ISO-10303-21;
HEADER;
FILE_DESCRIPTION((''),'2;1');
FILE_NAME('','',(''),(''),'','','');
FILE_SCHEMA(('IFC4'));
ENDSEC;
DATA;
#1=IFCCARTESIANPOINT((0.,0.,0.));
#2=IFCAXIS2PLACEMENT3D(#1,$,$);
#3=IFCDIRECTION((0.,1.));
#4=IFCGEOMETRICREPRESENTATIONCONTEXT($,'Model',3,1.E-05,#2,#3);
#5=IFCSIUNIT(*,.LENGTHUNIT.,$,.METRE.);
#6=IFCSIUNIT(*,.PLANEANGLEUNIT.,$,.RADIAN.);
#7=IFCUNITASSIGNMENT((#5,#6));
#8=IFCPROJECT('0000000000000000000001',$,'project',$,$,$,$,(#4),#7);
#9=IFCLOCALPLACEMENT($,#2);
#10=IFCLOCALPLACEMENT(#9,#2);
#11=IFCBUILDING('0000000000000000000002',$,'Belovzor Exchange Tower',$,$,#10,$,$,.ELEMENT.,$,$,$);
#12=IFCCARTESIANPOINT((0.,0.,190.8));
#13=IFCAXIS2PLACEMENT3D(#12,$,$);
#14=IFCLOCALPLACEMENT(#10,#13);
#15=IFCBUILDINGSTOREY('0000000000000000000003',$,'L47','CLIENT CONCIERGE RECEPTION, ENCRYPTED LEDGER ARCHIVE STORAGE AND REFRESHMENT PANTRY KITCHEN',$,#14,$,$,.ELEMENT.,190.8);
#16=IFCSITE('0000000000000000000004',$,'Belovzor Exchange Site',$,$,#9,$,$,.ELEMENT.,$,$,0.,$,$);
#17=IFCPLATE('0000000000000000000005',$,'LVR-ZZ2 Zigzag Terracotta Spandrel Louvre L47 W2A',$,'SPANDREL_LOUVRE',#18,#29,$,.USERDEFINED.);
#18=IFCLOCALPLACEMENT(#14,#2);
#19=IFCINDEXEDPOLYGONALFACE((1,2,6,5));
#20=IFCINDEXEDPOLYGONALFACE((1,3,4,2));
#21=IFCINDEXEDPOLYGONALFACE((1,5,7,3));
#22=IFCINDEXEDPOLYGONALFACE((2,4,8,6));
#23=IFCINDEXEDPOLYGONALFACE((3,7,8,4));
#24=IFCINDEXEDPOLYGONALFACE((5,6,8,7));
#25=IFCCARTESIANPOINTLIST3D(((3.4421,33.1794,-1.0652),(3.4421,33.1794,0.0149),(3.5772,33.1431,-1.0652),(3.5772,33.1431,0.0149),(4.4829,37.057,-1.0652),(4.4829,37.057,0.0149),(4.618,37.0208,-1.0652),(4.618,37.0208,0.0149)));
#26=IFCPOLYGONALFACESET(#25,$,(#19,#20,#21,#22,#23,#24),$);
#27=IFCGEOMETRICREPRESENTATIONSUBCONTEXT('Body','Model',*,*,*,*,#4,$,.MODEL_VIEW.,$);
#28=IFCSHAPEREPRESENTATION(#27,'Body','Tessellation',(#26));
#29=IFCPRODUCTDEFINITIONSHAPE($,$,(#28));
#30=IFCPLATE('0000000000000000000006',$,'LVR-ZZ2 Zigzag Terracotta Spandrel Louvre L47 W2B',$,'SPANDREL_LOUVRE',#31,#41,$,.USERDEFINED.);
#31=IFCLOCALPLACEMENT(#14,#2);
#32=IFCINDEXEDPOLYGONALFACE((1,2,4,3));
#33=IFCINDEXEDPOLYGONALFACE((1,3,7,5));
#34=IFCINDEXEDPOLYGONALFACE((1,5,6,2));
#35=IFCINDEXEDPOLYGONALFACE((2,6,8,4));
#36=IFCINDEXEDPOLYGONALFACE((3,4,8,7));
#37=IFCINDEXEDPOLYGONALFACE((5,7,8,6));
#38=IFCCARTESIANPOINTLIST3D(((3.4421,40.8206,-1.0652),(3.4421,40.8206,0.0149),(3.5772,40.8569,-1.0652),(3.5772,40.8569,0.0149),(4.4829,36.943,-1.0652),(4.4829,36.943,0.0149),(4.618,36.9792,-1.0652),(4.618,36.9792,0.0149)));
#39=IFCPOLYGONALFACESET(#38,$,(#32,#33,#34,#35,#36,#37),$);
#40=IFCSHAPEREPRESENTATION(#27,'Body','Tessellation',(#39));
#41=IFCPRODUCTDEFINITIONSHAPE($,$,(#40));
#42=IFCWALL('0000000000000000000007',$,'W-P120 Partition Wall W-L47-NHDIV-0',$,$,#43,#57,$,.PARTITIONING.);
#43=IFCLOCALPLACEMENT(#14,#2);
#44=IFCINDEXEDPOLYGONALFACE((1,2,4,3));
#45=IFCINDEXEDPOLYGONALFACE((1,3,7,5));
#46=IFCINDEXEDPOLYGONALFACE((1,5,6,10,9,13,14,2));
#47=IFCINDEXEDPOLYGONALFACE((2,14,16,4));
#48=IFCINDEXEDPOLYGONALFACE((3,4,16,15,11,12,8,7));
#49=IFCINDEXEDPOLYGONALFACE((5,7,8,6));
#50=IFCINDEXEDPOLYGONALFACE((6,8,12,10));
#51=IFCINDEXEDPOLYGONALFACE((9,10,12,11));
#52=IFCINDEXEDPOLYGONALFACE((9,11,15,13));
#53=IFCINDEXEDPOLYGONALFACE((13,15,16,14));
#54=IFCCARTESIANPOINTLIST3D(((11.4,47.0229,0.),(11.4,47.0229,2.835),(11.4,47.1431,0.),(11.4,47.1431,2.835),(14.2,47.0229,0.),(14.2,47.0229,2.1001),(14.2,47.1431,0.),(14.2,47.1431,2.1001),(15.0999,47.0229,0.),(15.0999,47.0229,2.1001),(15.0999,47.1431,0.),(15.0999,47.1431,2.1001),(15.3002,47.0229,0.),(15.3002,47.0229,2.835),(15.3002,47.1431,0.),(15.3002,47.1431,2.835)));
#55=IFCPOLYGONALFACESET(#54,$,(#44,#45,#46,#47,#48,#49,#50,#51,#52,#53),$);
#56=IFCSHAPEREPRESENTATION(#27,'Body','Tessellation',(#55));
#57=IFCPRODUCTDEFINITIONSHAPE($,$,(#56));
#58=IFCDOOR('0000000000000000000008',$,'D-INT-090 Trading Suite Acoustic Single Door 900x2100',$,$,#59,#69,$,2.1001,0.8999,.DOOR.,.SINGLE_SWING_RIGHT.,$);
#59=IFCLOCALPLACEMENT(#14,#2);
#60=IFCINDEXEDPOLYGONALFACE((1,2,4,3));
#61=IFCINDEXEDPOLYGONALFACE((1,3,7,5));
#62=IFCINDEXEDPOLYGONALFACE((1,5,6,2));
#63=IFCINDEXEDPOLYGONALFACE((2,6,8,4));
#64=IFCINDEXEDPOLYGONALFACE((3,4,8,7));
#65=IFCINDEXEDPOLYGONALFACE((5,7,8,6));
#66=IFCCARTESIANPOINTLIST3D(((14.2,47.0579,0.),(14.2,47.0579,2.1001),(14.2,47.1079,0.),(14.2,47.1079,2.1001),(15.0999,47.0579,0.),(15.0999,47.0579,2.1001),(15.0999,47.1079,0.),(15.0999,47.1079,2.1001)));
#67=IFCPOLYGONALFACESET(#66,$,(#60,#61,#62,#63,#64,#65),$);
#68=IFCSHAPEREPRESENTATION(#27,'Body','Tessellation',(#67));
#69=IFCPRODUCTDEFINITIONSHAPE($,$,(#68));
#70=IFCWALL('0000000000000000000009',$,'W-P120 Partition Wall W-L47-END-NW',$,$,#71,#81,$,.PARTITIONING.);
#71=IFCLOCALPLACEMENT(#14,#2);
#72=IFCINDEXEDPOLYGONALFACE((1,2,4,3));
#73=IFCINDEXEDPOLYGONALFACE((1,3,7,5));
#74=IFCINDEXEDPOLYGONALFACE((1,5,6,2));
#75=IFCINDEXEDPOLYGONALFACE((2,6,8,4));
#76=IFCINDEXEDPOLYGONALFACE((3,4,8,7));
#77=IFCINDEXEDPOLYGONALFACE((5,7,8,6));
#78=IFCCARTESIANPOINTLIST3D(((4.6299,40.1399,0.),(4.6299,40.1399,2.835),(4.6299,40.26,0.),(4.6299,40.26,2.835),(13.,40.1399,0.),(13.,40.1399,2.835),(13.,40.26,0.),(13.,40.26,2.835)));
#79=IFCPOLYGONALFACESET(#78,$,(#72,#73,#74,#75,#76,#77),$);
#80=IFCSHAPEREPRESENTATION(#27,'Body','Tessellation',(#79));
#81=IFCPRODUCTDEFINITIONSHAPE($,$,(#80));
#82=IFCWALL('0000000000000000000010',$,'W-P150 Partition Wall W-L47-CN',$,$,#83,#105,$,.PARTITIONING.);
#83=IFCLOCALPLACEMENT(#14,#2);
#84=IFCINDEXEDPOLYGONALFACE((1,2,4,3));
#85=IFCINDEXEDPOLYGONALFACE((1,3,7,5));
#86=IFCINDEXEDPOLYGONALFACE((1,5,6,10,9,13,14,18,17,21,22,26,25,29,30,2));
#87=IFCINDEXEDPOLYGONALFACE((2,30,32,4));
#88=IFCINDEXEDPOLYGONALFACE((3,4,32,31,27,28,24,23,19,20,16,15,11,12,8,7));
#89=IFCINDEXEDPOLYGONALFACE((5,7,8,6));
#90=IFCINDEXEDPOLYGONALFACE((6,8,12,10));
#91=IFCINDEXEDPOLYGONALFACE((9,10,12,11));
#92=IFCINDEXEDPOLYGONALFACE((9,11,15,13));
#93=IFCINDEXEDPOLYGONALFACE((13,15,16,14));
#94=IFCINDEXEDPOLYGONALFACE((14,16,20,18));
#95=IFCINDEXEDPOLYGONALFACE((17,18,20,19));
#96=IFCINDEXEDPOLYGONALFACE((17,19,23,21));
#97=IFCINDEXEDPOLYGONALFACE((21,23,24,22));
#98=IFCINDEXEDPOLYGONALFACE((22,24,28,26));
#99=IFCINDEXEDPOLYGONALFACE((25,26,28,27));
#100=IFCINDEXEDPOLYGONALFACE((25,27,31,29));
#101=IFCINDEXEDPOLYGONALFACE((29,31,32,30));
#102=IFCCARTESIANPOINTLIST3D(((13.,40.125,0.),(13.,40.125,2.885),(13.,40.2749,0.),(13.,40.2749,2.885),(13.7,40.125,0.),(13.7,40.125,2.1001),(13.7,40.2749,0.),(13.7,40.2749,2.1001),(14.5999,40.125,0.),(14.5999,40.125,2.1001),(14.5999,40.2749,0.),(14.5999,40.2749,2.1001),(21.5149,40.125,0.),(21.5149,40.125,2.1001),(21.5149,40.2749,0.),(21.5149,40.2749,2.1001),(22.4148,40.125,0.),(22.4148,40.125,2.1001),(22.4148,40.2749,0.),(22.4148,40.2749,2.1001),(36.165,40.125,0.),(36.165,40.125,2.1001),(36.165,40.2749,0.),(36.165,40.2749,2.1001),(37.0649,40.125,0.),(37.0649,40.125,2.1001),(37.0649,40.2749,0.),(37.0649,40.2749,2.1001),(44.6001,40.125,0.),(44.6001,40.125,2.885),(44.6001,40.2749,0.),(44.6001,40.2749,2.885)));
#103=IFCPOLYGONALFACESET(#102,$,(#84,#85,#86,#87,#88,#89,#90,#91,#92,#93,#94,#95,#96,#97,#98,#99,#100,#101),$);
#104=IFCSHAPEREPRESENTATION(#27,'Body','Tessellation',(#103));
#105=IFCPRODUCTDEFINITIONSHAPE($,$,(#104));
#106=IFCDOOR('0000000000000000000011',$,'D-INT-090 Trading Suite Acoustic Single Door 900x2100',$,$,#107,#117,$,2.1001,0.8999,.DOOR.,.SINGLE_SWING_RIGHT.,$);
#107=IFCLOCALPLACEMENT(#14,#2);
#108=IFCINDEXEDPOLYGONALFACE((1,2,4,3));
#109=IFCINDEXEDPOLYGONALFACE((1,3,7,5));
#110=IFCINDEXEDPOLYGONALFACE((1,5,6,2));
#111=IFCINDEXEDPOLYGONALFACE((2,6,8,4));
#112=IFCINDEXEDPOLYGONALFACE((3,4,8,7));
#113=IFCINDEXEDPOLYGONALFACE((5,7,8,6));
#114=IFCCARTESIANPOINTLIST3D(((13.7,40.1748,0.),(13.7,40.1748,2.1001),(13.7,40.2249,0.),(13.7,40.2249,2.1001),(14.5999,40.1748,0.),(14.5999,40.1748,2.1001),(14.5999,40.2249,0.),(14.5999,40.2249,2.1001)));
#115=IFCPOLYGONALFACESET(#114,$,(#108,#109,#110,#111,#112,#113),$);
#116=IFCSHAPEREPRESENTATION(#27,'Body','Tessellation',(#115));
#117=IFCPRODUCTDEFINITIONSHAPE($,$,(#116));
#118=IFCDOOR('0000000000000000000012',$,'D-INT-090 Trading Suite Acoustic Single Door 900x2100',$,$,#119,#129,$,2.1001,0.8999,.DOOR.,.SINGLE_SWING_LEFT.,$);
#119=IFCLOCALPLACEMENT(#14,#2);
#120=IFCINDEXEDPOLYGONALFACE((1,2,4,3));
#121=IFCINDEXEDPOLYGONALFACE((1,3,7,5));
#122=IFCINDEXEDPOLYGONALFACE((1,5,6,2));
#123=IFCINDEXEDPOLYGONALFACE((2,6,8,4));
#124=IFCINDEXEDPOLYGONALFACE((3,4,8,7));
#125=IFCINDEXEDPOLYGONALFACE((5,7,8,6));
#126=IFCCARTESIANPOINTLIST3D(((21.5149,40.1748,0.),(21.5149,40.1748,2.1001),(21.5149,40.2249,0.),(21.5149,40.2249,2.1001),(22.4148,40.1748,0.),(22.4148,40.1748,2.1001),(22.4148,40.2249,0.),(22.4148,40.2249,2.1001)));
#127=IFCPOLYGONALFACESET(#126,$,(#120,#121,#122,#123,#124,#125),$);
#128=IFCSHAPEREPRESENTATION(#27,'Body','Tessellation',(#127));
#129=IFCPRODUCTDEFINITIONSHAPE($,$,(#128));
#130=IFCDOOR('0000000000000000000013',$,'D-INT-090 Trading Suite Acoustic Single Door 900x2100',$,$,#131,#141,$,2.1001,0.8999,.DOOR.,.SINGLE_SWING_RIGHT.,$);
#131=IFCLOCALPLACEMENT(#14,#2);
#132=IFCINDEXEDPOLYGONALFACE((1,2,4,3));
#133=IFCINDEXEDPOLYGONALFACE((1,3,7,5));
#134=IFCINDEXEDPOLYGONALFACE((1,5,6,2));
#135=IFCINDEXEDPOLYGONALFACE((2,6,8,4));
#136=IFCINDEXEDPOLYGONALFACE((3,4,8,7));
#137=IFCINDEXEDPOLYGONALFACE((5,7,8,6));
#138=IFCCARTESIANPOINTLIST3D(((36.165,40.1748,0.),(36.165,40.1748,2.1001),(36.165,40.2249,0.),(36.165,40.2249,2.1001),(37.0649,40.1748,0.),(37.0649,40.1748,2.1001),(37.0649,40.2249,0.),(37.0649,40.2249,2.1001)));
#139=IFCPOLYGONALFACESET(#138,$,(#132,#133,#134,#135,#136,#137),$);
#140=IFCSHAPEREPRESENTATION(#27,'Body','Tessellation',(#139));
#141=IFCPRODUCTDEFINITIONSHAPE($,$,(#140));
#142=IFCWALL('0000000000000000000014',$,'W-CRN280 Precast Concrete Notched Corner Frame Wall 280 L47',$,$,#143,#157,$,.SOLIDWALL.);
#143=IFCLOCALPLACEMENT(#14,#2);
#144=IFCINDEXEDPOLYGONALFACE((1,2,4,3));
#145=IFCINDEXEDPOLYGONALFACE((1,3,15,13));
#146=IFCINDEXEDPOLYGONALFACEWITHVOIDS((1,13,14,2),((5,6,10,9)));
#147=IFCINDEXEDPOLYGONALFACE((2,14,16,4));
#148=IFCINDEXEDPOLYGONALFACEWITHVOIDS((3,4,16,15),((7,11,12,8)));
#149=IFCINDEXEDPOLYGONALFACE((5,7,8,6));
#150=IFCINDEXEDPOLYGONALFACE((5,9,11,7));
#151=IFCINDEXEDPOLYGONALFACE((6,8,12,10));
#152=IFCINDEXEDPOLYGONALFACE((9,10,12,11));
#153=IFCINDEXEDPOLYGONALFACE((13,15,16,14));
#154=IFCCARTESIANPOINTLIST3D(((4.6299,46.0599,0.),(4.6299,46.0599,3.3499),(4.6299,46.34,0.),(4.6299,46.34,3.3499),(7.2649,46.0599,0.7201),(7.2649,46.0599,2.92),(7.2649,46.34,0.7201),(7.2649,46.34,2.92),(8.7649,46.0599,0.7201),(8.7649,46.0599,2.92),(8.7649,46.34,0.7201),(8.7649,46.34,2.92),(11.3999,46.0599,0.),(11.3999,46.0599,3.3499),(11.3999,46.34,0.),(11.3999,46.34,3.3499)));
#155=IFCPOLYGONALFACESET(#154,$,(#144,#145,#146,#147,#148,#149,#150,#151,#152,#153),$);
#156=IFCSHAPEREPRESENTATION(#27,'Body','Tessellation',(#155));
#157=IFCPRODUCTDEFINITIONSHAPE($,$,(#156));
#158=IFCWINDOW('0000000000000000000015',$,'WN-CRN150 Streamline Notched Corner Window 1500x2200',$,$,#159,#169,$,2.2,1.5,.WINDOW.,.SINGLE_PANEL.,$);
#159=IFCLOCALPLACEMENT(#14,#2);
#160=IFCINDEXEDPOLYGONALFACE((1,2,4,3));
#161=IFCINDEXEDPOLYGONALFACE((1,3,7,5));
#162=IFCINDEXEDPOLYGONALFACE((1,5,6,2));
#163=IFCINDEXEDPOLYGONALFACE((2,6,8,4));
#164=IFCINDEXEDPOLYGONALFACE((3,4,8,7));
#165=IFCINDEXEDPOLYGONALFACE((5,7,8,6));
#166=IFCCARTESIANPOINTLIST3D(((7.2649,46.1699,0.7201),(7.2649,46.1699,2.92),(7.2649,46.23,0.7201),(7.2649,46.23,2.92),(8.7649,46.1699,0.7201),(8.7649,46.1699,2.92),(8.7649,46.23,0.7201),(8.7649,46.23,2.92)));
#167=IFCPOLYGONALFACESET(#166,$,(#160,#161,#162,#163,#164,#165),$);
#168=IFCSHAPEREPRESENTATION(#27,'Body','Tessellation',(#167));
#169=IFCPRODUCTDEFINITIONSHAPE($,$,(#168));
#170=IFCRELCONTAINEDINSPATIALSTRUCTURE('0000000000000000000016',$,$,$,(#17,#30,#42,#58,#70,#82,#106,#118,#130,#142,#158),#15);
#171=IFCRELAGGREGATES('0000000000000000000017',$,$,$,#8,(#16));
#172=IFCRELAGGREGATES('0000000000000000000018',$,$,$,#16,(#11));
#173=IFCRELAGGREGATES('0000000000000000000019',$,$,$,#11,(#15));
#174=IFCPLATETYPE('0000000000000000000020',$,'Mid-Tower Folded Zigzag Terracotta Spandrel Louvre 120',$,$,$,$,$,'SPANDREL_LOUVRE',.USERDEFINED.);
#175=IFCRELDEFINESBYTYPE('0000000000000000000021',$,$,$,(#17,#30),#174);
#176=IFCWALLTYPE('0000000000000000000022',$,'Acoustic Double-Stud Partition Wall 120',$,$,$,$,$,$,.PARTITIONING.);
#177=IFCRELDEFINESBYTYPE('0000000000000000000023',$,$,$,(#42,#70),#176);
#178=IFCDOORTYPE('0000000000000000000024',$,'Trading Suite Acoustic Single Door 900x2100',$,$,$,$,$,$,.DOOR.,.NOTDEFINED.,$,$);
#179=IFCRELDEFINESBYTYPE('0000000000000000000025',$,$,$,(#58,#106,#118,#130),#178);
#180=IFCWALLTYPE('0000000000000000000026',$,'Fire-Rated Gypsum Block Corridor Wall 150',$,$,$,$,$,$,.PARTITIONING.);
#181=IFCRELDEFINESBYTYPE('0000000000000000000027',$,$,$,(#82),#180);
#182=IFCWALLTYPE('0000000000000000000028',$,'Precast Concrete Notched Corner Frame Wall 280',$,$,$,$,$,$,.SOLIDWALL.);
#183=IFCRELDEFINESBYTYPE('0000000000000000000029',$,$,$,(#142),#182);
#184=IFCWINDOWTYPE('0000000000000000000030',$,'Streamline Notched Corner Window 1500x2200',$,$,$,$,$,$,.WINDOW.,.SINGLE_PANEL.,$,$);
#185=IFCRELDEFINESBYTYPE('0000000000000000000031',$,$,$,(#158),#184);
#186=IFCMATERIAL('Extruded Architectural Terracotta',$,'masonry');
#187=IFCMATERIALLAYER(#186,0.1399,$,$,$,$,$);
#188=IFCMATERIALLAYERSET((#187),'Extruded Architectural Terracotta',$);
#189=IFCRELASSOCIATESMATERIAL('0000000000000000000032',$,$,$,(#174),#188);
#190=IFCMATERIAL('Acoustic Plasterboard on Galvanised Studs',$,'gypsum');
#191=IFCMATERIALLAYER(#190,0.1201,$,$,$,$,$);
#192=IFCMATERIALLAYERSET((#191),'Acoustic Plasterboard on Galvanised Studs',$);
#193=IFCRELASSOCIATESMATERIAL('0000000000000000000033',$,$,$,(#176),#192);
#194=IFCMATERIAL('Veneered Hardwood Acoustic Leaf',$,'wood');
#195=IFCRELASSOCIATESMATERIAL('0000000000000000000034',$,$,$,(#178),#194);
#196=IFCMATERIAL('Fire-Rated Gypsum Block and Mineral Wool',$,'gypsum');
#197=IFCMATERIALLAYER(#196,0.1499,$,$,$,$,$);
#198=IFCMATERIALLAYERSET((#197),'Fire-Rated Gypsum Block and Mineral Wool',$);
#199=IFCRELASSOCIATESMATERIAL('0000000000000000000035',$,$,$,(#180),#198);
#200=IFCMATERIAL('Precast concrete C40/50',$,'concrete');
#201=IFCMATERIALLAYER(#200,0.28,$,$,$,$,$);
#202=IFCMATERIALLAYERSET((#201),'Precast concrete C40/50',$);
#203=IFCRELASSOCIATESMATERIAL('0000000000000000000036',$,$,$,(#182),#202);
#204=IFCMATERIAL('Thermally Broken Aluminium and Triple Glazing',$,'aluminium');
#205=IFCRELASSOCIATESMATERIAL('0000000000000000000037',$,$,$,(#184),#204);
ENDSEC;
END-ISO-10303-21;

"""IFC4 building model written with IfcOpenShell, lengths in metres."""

from ifc_helpers import new_model, si_unit, direction, frame, frame_2d, origin, origin_2d, place, context, subcontext, project, spatial, rectangle, extrude, material, layer, layer_set, type_object, element, fill, save


model = new_model("IFC4")

# Units and contexts
model_context = context("Model", 3, precision=1e-05, world=origin(), true_north=direction((0.0, 1.0)))
body_context = subcontext(model_context, "Body", "Model", "MODEL_VIEW")
ifc_project = project(units=[si_unit("LENGTHUNIT", "METRE"), si_unit("PLANEANGLEUNIT", "RADIAN")], contexts=[model_context])

# Site, building, storey
site_placement = place(None, origin())
site = spatial("IfcSite", under=ifc_project, at=site_placement, Name="Belovzor Exchange Site", CompositionType="ELEMENT", RefElevation=0.0)
building_placement = place(site_placement, origin())
building = spatial("IfcBuilding", under=site, at=building_placement, Name="Belovzor Exchange Tower", CompositionType="ELEMENT")
storey_placement = place(building_placement, frame((0.0, 0.0, 190.8)))
storey = spatial("IfcBuildingStorey", under=building, at=storey_placement, Name="L47", Description="CLIENT CONCIERGE RECEPTION, ENCRYPTED LEDGER ARCHIVE STORAGE AND REFRESHMENT PANTRY KITCHEN", CompositionType="ELEMENT", Elevation=190.8)

# Plates
ifc_material_1 = material(Name="Extruded Architectural Terracotta", Category="masonry")
ifc_layer_1 = layer(ifc_material_1, 0.1399)
ifc_layer_set_1 = layer_set([ifc_layer_1], Name="Extruded Architectural Terracotta")
plate_type = type_object("IfcPlateType", Name="Mid-Tower Folded Zigzag Terracotta Spandrel Louvre 120", ElementType="SPANDREL_LOUVRE", PredefinedType="USERDEFINED", material=ifc_layer_set_1)
for number, where, z_axis, x_axis, name in (
    (1, (4.03, 35.1001, -1.0652), (0.0, 0.0, 1.0), (0.25924, 0.965813, 0.0), "LVR-ZZ2 Zigzag Terracotta Spandrel Louvre L47 W2A"),
    (2, (4.03, 38.8999, -1.0652), (0.0, 0.0, 1.0), (-0.25924, 0.965813, 0.0), "LVR-ZZ2 Zigzag Terracotta Spandrel Louvre L47 W2B"),
):
    element("IfcPlate", number, at=place(storey_placement, frame(where, z_axis=z_axis, x_axis=x_axis)), inside=storey, type_object=plate_type, Name=name, ObjectType="SPANDREL_LOUVRE", PredefinedType="USERDEFINED", context=body_context, shape_type="SweptSolid", body=[
        extrude(rectangle(XDim=4.0149, YDim=0.1399, at=origin_2d()), origin(), (0.0, 0.0, 1.0), 1.0801),
    ])

# Wall, opening, door
ifc_material_2 = material(Name="Acoustic Plasterboard on Galvanised Studs", Category="gypsum")
ifc_layer_2 = layer(ifc_material_2, 0.1201)
ifc_layer_set_2 = layer_set([ifc_layer_2], Name="Acoustic Plasterboard on Galvanised Studs")
wall_type_1 = type_object("IfcWallType", Name="Acoustic Double-Stud Partition Wall 120", PredefinedType="PARTITIONING", material=ifc_layer_set_2)
wall_1_placement = place(storey_placement, frame((11.3999, 47.083, 0.0), z_axis=(0.0, 0.0, 1.0), x_axis=(1.0, 0.0, 0.0)))
wall_1 = element("IfcWall", 3, at=wall_1_placement, inside=storey, type_object=wall_type_1, Name="W-P120 Partition Wall W-L47-NHDIV-0", PredefinedType="PARTITIONING", context=body_context, shape_type="SweptSolid", body=[
    extrude(rectangle(XDim=3.9001, YDim=0.1201, at=frame_2d((1.9502, 0.0))), origin(), (0.0, 0.0, 1.0), 2.835),
])
opening_1_placement = place(wall_1_placement, frame((2.8, 0.0, 0.0)))
opening_1 = element("IfcOpeningElement", 4, at=opening_1_placement, cuts=wall_1, PredefinedType="OPENING", context=body_context, shape_type="SweptSolid", body=[
    extrude(rectangle(XDim=0.8999, YDim=2.1001, at=frame_2d((0.45, 1.05))), frame((0.0, 0.0701, 0.0), z_axis=(0.0, -1.0, 0.0), x_axis=(1.0, 0.0, 0.0)), (0.0, 0.0, 1.0), 0.1401),
])
ifc_material_3 = material(Name="Veneered Hardwood Acoustic Leaf", Category="wood")
door_type_1 = type_object("IfcDoorType", Name="Trading Suite Acoustic Single Door 900x2100", OperationType="NOTDEFINED", PredefinedType="DOOR", material=ifc_material_3)
door_1_placement = place(opening_1_placement, origin())
door_1 = element("IfcDoor", 5, at=door_1_placement, inside=storey, type_object=door_type_1, Name="D-INT-090 Trading Suite Acoustic Single Door 900x2100", OperationType="SINGLE_SWING_RIGHT", OverallHeight=2.1001, OverallWidth=0.8999, PredefinedType="DOOR", context=body_context, shape_type="SweptSolid", body=[
    extrude(rectangle(XDim=0.8999, YDim=2.1001, at=frame_2d((0.45, 1.05))), frame((0.0, 0.0249, 0.0), z_axis=(0.0, -1.0, 0.0), x_axis=(1.0, 0.0, 0.0)), (0.0, 0.0, 1.0), 0.05),
])
fill(opening_1, door_1)

# Wall
wall_2_placement = place(storey_placement, frame((4.6299, 40.2, 0.0), z_axis=(0.0, 0.0, 1.0), x_axis=(1.0, 0.0, 0.0)))
element("IfcWall", 6, at=wall_2_placement, inside=storey, type_object=wall_type_1, Name="W-P120 Partition Wall W-L47-END-NW", PredefinedType="PARTITIONING", context=body_context, shape_type="SweptSolid", body=[
    extrude(rectangle(XDim=8.3701, YDim=0.1201, at=frame_2d((4.1851, 0.0))), origin(), (0.0, 0.0, 1.0), 2.835),
])

# Wall, openings, doors
ifc_material_4 = material(Name="Fire-Rated Gypsum Block and Mineral Wool", Category="gypsum")
ifc_layer_3 = layer(ifc_material_4, 0.1499)
ifc_layer_set_3 = layer_set([ifc_layer_3], Name="Fire-Rated Gypsum Block and Mineral Wool")
wall_type_2 = type_object("IfcWallType", Name="Fire-Rated Gypsum Block Corridor Wall 150", PredefinedType="PARTITIONING", material=ifc_layer_set_3)
wall_3_placement = place(storey_placement, frame((13.0, 40.2, 0.0), z_axis=(0.0, 0.0, 1.0), x_axis=(1.0, 0.0, 0.0)))
wall_3 = element("IfcWall", 7, at=wall_3_placement, inside=storey, type_object=wall_type_2, Name="W-P150 Partition Wall W-L47-CN", PredefinedType="PARTITIONING", context=body_context, shape_type="SweptSolid", body=[
    extrude(rectangle(XDim=31.6001, YDim=0.1499, at=frame_2d((15.8, 0.0))), origin(), (0.0, 0.0, 1.0), 2.885),
])
opening_2_placement = place(wall_3_placement, frame((0.7, 0.0, 0.0)))
opening_2 = element("IfcOpeningElement", 8, at=opening_2_placement, cuts=wall_3, PredefinedType="OPENING", context=body_context, shape_type="SweptSolid", body=[
    extrude(rectangle(XDim=0.8999, YDim=2.1001, at=frame_2d((0.45, 1.05))), frame((0.0, 0.085, 0.0), z_axis=(0.0, -1.0, 0.0), x_axis=(1.0, 0.0, 0.0)), (0.0, 0.0, 1.0), 0.1699),
])
opening_3_placement = place(wall_3_placement, frame((8.5149, 0.0, 0.0)))
opening_3 = element("IfcOpeningElement", 9, at=opening_3_placement, cuts=wall_3, PredefinedType="OPENING", context=body_context, shape_type="SweptSolid", body=[
    extrude(rectangle(XDim=0.8999, YDim=2.1001, at=frame_2d((0.45, 1.05))), frame((0.0, 0.085, 0.0), z_axis=(0.0, -1.0, 0.0), x_axis=(1.0, 0.0, 0.0)), (0.0, 0.0, 1.0), 0.1699),
])
opening_4_placement = place(wall_3_placement, frame((23.165, 0.0, 0.0)))
opening_4 = element("IfcOpeningElement", 10, at=opening_4_placement, cuts=wall_3, PredefinedType="OPENING", context=body_context, shape_type="SweptSolid", body=[
    extrude(rectangle(XDim=0.8999, YDim=2.1001, at=frame_2d((0.45, 1.05))), frame((0.0, 0.085, 0.0), z_axis=(0.0, -1.0, 0.0), x_axis=(1.0, 0.0, 0.0)), (0.0, 0.0, 1.0), 0.1699),
])
door_2_placement = place(opening_2_placement, origin())
door_2 = element("IfcDoor", 11, at=door_2_placement, inside=storey, type_object=door_type_1, Name="D-INT-090 Trading Suite Acoustic Single Door 900x2100", OperationType="SINGLE_SWING_RIGHT", OverallHeight=2.1001, OverallWidth=0.8999, PredefinedType="DOOR", context=body_context, shape_type="SweptSolid", body=[
    extrude(rectangle(XDim=0.8999, YDim=2.1001, at=frame_2d((0.45, 1.05))), frame((0.0, 0.0249, 0.0), z_axis=(0.0, -1.0, 0.0), x_axis=(1.0, 0.0, 0.0)), (0.0, 0.0, 1.0), 0.05),
])
fill(opening_2, door_2)
door_3_placement = place(opening_3_placement, origin())
door_3 = element("IfcDoor", 12, at=door_3_placement, inside=storey, type_object=door_type_1, Name="D-INT-090 Trading Suite Acoustic Single Door 900x2100", OperationType="SINGLE_SWING_LEFT", OverallHeight=2.1001, OverallWidth=0.8999, PredefinedType="DOOR", context=body_context, shape_type="SweptSolid", body=[
    extrude(rectangle(XDim=0.8999, YDim=2.1001, at=frame_2d((0.45, 1.05))), frame((0.0, 0.0249, 0.0), z_axis=(0.0, -1.0, 0.0), x_axis=(1.0, 0.0, 0.0)), (0.0, 0.0, 1.0), 0.05),
])
fill(opening_3, door_3)
door_4_placement = place(opening_4_placement, origin())
door_4 = element("IfcDoor", 13, at=door_4_placement, inside=storey, type_object=door_type_1, Name="D-INT-090 Trading Suite Acoustic Single Door 900x2100", OperationType="SINGLE_SWING_RIGHT", OverallHeight=2.1001, OverallWidth=0.8999, PredefinedType="DOOR", context=body_context, shape_type="SweptSolid", body=[
    extrude(rectangle(XDim=0.8999, YDim=2.1001, at=frame_2d((0.45, 1.05))), frame((0.0, 0.0249, 0.0), z_axis=(0.0, -1.0, 0.0), x_axis=(1.0, 0.0, 0.0)), (0.0, 0.0, 1.0), 0.05),
])
fill(opening_4, door_4)

# Wall, opening, window
ifc_material_5 = material(Name="Precast concrete C40/50", Category="concrete")
ifc_layer_4 = layer(ifc_material_5, 0.28)
ifc_layer_set_4 = layer_set([ifc_layer_4], Name="Precast concrete C40/50")
wall_type_3 = type_object("IfcWallType", Name="Precast Concrete Notched Corner Frame Wall 280", PredefinedType="SOLIDWALL", material=ifc_layer_set_4)
wall_4_placement = place(storey_placement, frame((4.6299, 46.2, 0.0), z_axis=(0.0, 0.0, 1.0), x_axis=(1.0, 0.0, 0.0)))
wall_4 = element("IfcWall", 14, at=wall_4_placement, inside=storey, type_object=wall_type_3, Name="W-CRN280 Precast Concrete Notched Corner Frame Wall 280 L47", PredefinedType="SOLIDWALL", context=body_context, shape_type="SweptSolid", body=[
    extrude(rectangle(XDim=6.77, YDim=0.28, at=frame_2d((3.385, 0.0))), origin(), (0.0, 0.0, 1.0), 3.3499),
])
opening_5_placement = place(wall_4_placement, frame((2.635, 0.0, 0.72)))
opening_5 = element("IfcOpeningElement", 15, at=opening_5_placement, cuts=wall_4, PredefinedType="OPENING", context=body_context, shape_type="SweptSolid", body=[
    extrude(rectangle(XDim=1.5, YDim=2.2, at=frame_2d((0.75, 1.1001))), frame((0.0, 0.1499, 0.0), z_axis=(0.0, -1.0, 0.0), x_axis=(1.0, 0.0, 0.0)), (0.0, 0.0, 1.0), 0.3),
])
ifc_material_6 = material(Name="Thermally Broken Aluminium and Triple Glazing", Category="aluminium")
window_type = type_object("IfcWindowType", Name="Streamline Notched Corner Window 1500x2200", PartitioningType="SINGLE_PANEL", PredefinedType="WINDOW", material=ifc_material_6)
window_1_placement = place(opening_5_placement, origin())
window_1 = element("IfcWindow", 16, at=window_1_placement, inside=storey, type_object=window_type, Name="WN-CRN150 Streamline Notched Corner Window 1500x2200", OverallHeight=2.2, OverallWidth=1.5, PartitioningType="SINGLE_PANEL", PredefinedType="WINDOW", context=body_context, shape_type="SweptSolid", body=[
    extrude(rectangle(XDim=1.5, YDim=2.2, at=frame_2d((0.75, 1.1001))), frame((0.0, 0.03, 0.0), z_axis=(0.0, -1.0, 0.0), x_axis=(1.0, 0.0, 0.0)), (0.0, 0.0, 1.0), 0.0601),
])
fill(opening_5, window_1)

save(model, "model.ifc")
